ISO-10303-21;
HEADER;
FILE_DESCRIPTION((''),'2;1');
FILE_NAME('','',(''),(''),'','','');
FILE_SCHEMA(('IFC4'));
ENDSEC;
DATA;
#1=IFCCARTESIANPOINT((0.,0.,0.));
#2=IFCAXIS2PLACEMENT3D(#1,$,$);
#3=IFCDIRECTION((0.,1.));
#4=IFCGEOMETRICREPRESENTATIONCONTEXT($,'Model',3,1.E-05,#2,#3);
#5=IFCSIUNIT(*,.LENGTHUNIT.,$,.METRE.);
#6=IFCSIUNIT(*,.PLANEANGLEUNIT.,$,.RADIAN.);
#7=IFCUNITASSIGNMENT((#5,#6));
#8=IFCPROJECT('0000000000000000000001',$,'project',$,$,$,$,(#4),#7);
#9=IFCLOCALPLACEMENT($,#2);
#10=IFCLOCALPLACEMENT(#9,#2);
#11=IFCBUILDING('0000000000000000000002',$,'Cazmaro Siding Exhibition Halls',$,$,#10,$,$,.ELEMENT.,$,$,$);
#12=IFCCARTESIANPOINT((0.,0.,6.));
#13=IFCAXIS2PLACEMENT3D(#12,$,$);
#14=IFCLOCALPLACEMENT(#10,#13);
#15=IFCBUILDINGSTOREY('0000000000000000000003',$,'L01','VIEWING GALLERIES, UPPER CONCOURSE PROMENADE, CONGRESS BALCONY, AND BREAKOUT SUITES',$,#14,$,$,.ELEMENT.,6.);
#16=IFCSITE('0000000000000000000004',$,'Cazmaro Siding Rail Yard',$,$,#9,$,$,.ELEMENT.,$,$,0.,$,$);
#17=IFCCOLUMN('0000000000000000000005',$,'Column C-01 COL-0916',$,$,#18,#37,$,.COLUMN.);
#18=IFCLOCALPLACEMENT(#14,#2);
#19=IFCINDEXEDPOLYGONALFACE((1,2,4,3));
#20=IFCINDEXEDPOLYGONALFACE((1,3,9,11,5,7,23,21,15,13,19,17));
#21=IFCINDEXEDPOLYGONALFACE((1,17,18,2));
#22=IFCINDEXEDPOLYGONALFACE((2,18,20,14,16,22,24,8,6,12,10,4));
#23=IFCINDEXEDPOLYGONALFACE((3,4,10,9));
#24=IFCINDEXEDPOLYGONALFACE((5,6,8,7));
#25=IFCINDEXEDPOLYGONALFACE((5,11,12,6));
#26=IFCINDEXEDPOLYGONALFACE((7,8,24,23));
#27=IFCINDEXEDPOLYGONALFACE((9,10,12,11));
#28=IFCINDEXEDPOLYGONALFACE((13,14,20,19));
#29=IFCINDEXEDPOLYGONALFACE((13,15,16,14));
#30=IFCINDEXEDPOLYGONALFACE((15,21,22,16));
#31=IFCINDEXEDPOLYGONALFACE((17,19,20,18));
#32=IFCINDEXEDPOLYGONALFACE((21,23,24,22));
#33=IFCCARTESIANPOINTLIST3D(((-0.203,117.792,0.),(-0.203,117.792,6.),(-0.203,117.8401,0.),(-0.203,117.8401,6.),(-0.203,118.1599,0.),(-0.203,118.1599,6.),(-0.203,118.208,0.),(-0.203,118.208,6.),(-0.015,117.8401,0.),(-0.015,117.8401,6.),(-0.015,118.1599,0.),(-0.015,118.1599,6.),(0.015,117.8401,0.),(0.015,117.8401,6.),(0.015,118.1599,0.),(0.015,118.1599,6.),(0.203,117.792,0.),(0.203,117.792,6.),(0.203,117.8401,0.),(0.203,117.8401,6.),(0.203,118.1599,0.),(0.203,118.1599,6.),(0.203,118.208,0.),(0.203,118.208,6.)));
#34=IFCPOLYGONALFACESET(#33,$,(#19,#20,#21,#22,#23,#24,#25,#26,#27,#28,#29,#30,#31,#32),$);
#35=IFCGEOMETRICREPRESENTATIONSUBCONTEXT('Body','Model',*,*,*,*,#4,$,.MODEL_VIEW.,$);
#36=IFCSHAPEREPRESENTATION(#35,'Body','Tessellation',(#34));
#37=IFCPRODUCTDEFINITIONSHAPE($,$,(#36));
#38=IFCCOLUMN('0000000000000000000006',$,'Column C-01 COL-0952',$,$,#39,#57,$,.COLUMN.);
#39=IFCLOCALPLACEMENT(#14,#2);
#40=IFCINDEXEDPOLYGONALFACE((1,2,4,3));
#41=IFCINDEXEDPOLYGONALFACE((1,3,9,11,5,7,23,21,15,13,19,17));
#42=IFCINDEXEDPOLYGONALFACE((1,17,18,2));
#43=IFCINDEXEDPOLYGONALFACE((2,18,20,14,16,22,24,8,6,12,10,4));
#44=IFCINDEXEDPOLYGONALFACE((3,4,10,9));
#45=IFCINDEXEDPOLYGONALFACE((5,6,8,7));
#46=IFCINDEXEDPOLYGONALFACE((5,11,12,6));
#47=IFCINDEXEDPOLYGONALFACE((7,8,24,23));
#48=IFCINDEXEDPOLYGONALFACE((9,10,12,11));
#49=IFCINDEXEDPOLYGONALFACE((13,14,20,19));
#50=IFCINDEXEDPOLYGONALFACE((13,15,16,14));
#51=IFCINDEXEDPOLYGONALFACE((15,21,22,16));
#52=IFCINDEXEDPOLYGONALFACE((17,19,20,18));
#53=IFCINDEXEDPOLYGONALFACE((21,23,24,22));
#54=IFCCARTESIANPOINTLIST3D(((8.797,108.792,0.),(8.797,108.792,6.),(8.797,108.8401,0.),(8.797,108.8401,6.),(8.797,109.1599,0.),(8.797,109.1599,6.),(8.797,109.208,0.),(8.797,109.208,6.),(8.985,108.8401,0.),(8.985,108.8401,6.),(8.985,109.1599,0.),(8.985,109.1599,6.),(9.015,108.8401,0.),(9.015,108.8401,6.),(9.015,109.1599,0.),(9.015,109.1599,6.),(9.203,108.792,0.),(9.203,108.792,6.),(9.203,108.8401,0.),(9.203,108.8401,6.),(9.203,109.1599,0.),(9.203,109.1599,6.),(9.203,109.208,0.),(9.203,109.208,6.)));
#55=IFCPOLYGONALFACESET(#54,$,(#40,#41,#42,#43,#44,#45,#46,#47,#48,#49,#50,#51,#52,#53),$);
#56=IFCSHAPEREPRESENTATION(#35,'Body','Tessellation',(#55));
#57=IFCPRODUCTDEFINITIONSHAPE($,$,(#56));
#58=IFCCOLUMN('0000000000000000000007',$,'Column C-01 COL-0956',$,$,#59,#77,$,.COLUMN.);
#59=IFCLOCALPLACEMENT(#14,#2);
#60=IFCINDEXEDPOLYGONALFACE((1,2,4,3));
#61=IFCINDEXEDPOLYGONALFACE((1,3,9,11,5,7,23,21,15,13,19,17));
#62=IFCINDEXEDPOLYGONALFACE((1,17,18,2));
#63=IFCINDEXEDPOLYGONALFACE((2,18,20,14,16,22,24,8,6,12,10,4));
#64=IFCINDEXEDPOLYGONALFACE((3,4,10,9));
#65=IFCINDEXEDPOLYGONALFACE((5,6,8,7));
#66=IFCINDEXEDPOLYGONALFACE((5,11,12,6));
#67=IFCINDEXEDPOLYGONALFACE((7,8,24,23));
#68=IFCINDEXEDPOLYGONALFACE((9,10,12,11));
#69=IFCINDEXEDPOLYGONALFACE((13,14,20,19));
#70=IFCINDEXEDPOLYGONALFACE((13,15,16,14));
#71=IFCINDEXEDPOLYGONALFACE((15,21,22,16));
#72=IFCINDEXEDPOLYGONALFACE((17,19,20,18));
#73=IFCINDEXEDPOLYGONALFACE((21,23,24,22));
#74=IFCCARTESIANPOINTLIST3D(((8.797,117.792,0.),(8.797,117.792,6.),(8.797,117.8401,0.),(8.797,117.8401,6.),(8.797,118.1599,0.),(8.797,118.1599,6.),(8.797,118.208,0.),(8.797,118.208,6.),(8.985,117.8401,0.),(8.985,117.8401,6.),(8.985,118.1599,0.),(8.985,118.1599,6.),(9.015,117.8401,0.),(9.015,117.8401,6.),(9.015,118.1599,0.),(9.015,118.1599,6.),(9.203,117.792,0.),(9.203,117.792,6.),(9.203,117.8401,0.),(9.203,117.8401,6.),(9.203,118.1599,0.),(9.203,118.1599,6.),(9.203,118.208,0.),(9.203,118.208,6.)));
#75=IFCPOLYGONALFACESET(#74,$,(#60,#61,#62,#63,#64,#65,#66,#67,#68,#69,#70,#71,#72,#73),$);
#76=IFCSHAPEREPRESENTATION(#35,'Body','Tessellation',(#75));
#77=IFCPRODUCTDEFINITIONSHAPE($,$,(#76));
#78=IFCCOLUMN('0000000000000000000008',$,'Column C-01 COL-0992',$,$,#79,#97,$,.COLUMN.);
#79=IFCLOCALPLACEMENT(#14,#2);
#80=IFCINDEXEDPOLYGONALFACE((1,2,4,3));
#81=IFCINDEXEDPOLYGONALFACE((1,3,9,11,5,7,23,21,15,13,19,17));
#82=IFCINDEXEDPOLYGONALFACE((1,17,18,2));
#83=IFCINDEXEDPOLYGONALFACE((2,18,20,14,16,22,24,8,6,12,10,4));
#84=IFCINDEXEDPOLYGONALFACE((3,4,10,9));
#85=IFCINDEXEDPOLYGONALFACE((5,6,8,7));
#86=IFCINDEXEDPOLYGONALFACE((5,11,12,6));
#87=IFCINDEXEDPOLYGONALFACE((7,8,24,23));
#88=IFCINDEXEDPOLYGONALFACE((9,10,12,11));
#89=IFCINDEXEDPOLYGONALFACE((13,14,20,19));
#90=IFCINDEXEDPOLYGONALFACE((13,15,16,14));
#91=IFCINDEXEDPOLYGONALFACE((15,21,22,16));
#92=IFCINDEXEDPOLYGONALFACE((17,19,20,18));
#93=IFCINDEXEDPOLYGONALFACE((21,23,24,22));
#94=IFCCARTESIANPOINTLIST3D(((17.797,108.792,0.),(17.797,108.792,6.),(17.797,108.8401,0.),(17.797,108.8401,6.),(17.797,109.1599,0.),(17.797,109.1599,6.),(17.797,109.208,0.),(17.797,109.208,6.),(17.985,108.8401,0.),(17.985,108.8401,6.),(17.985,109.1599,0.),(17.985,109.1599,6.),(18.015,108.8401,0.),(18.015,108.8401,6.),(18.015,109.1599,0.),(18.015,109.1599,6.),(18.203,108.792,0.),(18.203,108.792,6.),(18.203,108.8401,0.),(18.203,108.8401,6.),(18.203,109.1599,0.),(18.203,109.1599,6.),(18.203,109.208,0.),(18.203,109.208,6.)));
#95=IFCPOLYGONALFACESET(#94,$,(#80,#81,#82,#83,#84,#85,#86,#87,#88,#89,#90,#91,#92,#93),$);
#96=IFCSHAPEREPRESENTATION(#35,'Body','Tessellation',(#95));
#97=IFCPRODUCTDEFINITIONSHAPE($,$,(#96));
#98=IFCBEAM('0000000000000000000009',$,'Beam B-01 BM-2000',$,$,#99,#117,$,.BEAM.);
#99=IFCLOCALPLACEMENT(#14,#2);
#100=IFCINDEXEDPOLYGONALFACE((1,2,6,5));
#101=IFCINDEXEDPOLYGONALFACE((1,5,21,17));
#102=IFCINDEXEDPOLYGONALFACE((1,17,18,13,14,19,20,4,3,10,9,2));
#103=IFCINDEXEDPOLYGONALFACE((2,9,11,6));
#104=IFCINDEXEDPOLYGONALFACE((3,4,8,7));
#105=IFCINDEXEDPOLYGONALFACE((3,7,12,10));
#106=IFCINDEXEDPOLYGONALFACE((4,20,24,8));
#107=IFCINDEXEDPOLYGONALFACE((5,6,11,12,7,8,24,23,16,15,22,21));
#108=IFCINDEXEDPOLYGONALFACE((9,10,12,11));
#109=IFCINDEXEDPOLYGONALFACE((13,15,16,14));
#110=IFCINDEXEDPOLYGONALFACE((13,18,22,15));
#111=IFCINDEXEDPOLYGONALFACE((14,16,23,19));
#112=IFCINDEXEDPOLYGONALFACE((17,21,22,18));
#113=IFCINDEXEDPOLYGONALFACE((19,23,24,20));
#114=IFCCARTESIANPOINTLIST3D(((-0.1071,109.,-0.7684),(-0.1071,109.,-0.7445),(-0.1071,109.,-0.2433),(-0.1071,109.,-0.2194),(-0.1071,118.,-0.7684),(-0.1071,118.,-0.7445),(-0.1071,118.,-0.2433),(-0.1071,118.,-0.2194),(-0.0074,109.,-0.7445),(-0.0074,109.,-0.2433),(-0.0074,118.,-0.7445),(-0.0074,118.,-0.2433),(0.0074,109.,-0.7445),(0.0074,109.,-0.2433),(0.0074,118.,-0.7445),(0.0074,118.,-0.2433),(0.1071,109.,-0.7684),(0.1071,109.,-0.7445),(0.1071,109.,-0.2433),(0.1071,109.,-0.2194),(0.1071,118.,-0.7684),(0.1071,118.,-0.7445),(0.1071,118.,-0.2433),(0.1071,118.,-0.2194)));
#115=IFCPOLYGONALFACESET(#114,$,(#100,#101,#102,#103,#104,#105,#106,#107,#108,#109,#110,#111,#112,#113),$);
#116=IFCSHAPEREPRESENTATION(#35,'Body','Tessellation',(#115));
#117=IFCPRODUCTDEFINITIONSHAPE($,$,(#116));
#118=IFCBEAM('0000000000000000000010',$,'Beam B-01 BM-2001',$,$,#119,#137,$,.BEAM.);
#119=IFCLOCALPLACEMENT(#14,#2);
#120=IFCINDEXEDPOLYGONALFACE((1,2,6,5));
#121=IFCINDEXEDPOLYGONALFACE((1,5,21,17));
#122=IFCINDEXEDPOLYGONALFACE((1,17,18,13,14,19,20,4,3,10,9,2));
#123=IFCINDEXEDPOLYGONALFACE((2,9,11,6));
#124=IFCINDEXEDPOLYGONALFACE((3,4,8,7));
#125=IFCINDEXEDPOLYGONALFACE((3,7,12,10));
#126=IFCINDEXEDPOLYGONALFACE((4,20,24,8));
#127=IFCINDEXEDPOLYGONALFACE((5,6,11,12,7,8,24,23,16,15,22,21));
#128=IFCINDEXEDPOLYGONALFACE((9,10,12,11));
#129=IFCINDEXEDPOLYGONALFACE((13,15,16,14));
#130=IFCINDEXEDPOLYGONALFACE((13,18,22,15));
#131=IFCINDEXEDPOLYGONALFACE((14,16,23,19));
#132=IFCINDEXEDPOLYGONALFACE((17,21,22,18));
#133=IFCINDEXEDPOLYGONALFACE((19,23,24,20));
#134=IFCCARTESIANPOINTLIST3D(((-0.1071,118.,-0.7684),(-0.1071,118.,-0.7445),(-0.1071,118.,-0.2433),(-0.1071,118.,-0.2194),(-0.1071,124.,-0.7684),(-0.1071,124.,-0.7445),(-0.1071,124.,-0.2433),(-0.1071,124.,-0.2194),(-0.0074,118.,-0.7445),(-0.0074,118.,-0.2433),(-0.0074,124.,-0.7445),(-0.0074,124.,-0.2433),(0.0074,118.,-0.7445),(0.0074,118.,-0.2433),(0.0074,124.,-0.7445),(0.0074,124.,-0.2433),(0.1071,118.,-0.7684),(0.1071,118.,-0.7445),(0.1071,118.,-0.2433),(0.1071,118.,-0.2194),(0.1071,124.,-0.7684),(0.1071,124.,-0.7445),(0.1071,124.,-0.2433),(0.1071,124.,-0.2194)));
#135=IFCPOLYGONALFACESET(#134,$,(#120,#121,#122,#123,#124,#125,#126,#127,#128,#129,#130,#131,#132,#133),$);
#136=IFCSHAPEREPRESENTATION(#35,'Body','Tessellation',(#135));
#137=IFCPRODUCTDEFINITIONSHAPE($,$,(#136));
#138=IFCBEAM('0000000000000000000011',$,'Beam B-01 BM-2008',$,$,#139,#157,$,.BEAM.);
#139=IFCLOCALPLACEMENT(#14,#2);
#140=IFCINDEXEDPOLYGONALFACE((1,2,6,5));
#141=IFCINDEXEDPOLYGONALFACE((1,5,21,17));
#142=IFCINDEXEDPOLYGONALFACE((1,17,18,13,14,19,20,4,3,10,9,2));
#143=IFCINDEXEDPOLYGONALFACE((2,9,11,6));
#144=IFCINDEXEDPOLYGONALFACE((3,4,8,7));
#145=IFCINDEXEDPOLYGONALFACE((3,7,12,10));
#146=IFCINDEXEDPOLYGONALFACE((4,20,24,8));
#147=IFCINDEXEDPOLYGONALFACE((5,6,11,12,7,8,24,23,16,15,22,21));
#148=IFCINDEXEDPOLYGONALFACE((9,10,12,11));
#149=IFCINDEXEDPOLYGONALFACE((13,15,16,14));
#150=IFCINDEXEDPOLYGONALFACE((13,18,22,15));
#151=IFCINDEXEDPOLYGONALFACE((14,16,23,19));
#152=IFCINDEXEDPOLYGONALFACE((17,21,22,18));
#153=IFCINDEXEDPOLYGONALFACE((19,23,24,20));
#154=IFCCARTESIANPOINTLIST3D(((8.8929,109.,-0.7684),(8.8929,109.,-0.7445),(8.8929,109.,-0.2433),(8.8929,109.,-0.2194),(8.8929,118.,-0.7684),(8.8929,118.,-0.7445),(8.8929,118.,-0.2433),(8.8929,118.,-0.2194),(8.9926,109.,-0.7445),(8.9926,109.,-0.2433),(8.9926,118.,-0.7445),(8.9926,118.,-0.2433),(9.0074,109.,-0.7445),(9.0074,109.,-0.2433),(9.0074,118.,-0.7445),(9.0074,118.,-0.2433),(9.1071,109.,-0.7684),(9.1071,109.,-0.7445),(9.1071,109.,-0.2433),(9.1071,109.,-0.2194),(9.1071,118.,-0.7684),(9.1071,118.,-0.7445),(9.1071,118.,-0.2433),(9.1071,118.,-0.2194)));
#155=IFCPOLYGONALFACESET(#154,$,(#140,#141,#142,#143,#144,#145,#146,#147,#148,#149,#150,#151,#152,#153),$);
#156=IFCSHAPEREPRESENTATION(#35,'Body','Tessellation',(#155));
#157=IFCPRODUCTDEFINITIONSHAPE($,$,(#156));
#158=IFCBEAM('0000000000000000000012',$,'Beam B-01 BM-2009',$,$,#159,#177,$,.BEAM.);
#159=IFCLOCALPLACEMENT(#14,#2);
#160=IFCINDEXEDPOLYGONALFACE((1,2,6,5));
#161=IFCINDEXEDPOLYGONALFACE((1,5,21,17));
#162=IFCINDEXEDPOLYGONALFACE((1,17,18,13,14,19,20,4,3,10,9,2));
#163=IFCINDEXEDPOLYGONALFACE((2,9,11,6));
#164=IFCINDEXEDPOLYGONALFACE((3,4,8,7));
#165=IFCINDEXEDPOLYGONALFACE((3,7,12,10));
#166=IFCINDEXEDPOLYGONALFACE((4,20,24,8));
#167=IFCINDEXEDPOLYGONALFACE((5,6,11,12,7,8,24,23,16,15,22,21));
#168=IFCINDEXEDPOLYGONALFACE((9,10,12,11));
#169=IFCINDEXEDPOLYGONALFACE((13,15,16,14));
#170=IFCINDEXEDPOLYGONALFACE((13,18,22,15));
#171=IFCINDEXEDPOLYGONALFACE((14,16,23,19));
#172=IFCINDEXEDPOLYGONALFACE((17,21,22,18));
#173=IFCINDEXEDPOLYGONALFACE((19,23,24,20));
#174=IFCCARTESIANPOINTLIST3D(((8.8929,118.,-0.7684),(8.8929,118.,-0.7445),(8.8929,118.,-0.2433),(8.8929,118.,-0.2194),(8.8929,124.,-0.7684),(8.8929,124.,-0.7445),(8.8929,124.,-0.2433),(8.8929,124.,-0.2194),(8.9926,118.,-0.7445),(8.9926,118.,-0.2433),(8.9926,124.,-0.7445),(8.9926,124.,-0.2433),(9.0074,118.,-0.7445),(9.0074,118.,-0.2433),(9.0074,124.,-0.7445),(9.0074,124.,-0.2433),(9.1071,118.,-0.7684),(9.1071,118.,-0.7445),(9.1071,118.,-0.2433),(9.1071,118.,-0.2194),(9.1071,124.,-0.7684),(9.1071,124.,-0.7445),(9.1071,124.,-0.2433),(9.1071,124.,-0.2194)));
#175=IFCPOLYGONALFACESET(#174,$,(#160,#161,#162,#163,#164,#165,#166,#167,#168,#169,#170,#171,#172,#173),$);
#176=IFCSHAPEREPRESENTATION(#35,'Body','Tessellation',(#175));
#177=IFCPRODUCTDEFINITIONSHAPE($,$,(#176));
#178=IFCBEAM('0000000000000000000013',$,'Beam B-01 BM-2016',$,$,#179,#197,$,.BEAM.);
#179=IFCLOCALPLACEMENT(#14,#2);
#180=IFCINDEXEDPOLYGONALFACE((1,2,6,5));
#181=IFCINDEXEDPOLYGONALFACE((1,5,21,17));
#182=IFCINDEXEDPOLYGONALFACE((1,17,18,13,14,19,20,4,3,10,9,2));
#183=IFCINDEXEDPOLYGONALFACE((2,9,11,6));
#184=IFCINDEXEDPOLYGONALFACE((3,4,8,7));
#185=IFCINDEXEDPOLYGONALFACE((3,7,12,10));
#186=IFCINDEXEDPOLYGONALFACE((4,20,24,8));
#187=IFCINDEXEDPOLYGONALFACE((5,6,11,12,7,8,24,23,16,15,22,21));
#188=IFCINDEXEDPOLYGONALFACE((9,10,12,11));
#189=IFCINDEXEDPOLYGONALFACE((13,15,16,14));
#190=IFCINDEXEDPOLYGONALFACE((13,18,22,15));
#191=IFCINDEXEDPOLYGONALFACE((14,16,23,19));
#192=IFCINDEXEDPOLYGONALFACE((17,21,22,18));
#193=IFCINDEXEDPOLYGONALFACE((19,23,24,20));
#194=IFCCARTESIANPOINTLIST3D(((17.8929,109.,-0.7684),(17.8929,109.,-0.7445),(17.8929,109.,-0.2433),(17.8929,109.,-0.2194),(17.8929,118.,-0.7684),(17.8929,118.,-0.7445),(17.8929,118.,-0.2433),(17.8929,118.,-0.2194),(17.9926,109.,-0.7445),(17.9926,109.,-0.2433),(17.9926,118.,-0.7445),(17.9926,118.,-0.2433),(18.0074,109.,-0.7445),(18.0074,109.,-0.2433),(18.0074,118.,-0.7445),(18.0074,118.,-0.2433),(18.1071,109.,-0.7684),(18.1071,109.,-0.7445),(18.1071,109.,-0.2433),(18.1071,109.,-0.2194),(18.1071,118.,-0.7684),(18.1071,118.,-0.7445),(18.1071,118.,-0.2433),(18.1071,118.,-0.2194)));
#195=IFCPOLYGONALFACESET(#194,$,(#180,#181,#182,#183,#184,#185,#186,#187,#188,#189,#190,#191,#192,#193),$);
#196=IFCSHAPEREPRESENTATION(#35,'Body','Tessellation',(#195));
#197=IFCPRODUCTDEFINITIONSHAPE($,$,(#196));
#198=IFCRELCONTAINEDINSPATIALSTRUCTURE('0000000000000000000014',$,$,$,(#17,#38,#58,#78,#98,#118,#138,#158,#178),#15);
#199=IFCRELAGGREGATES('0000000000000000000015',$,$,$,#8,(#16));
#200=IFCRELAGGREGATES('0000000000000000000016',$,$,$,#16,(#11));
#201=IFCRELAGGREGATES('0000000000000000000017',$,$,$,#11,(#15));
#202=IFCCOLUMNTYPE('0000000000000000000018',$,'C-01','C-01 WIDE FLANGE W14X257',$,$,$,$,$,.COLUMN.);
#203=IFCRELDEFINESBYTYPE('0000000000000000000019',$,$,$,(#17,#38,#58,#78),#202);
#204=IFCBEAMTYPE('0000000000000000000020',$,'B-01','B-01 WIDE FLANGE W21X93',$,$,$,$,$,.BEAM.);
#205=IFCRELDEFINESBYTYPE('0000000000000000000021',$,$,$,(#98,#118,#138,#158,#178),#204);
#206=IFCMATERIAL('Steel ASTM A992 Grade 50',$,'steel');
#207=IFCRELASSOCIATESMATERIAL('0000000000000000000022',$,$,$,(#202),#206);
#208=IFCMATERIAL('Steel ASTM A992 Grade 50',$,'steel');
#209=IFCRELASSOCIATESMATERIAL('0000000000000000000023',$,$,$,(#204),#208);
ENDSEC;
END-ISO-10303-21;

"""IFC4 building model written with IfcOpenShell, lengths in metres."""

from ifc_helpers import new_model, si_unit, direction, frame, origin, origin_2d, place, context, subcontext, project, spatial, i_section, extrude, material, material_profile, profile_set, type_object, element, save


model = new_model("IFC4")

# Units and contexts
model_context = context("Model", 3, precision=1e-05, world=origin(), true_north=direction((0.0, 1.0)))
body_context = subcontext(model_context, "Body", "Model", "MODEL_VIEW")
ifc_project = project(units=[si_unit("LENGTHUNIT", "METRE"), si_unit("PLANEANGLEUNIT", "RADIAN")], contexts=[model_context])

# Site, building, storey
site_placement = place(None, origin())
site = spatial("IfcSite", under=ifc_project, at=site_placement, Name="Cazmaro Siding Rail Yard", CompositionType="ELEMENT", RefElevation=0.0)
building_placement = place(site_placement, origin())
building = spatial("IfcBuilding", under=site, at=building_placement, Name="Cazmaro Siding Exhibition Halls", CompositionType="ELEMENT")
storey_placement = place(building_placement, frame((0.0, 0.0, 6.0)))
storey = spatial("IfcBuildingStorey", under=building, at=storey_placement, Name="L01", Description="VIEWING GALLERIES, UPPER CONCOURSE PROMENADE, CONGRESS BALCONY, AND BREAKOUT SUITES", CompositionType="ELEMENT", Elevation=6.0)

# Columns
ifc_material_1 = material(Name="Steel ASTM A992 Grade 50", Category="steel")
ifc_material_profile_1 = material_profile(ifc_material_1, i_section(OverallWidth=0.406, OverallDepth=0.416, WebThickness=0.03, FlangeThickness=0.0481, at=origin_2d()), Name="W14X257")
ifc_profile_set_1 = profile_set([ifc_material_profile_1], Name="Steel ASTM A992 Grade 50")
column_type = type_object("IfcColumnType", Name="C-01", Description="C-01 WIDE FLANGE W14X257", PredefinedType="COLUMN", material=ifc_profile_set_1)
for number, where, z_axis, x_axis, name in (
    (1, (0.0, 118.0, 0.0), (0.0, 0.0, 1.0), (1.0, 0.0, 0.0), "Column C-01 COL-0916"),
    (2, (9.0, 109.0, 0.0), (0.0, 0.0, 1.0), (1.0, 0.0, 0.0), "Column C-01 COL-0952"),
    (3, (9.0, 118.0, 0.0), (0.0, 0.0, 1.0), (1.0, 0.0, 0.0), "Column C-01 COL-0956"),
    (4, (18.0, 109.0, 0.0), (0.0, 0.0, 1.0), (1.0, 0.0, 0.0), "Column C-01 COL-0992"),
):
    element("IfcColumn", number, at=place(storey_placement, frame(where, z_axis=z_axis, x_axis=x_axis)), inside=storey, type_object=column_type, Name=name, PredefinedType="COLUMN", context=body_context, shape_type="SweptSolid", body=[
        extrude(i_section(OverallWidth=0.406, OverallDepth=0.416, WebThickness=0.03, FlangeThickness=0.0481, at=origin_2d()), origin(), (0.0, 0.0, 1.0), 6.0),
    ])

# Beams
ifc_material_2 = material(Name="Steel ASTM A992 Grade 50", Category="steel")
ifc_material_profile_2 = material_profile(ifc_material_2, i_section(OverallWidth=0.2141, OverallDepth=0.5491, WebThickness=0.0149, FlangeThickness=0.0239, at=origin_2d()), Name="W21X93")
ifc_profile_set_2 = profile_set([ifc_material_profile_2], Name="Steel ASTM A992 Grade 50")
beam_type_1 = type_object("IfcBeamType", Name="B-01", Description="B-01 WIDE FLANGE W21X93", PredefinedType="BEAM", material=ifc_profile_set_2)
beam_1_placement = place(storey_placement, frame((0.0, 109.0, -0.4939), z_axis=(0.0, 1.0, 0.0), x_axis=(-1.0, 0.0, 0.0)))
element("IfcBeam", 5, at=beam_1_placement, inside=storey, type_object=beam_type_1, Name="Beam B-01 BM-2000", PredefinedType="BEAM", context=body_context, shape_type="SweptSolid", body=[
    extrude(i_section(OverallWidth=0.2141, OverallDepth=0.5491, WebThickness=0.0149, FlangeThickness=0.0239, at=origin_2d()), origin(), (0.0, 0.0, 1.0), 9.0),
])
beam_2_placement = place(storey_placement, frame((0.0, 118.0, -0.4939), z_axis=(0.0, 1.0, 0.0), x_axis=(-1.0, 0.0, 0.0)))
element("IfcBeam", 6, at=beam_2_placement, inside=storey, type_object=beam_type_1, Name="Beam B-01 BM-2001", PredefinedType="BEAM", context=body_context, shape_type="SweptSolid", body=[
    extrude(i_section(OverallWidth=0.2141, OverallDepth=0.5491, WebThickness=0.0149, FlangeThickness=0.0239, at=origin_2d()), origin(), (0.0, 0.0, 1.0), 6.0),
])
beam_3_placement = place(storey_placement, frame((9.0, 109.0, -0.4939), z_axis=(0.0, 1.0, 0.0), x_axis=(-1.0, 0.0, 0.0)))
element("IfcBeam", 7, at=beam_3_placement, inside=storey, type_object=beam_type_1, Name="Beam B-01 BM-2008", PredefinedType="BEAM", context=body_context, shape_type="SweptSolid", body=[
    extrude(i_section(OverallWidth=0.2141, OverallDepth=0.5491, WebThickness=0.0149, FlangeThickness=0.0239, at=origin_2d()), origin(), (0.0, 0.0, 1.0), 9.0),
])
beam_4_placement = place(storey_placement, frame((9.0, 118.0, -0.4939), z_axis=(0.0, 1.0, 0.0), x_axis=(-1.0, 0.0, 0.0)))
element("IfcBeam", 8, at=beam_4_placement, inside=storey, type_object=beam_type_1, Name="Beam B-01 BM-2009", PredefinedType="BEAM", context=body_context, shape_type="SweptSolid", body=[
    extrude(i_section(OverallWidth=0.2141, OverallDepth=0.5491, WebThickness=0.0149, FlangeThickness=0.0239, at=origin_2d()), origin(), (0.0, 0.0, 1.0), 6.0),
])
beam_5_placement = place(storey_placement, frame((18.0, 109.0, -0.4939), z_axis=(0.0, 1.0, 0.0), x_axis=(-1.0, 0.0, 0.0)))
element("IfcBeam", 9, at=beam_5_placement, inside=storey, type_object=beam_type_1, Name="Beam B-01 BM-2016", PredefinedType="BEAM", context=body_context, shape_type="SweptSolid", body=[
    extrude(i_section(OverallWidth=0.2141, OverallDepth=0.5491, WebThickness=0.0149, FlangeThickness=0.0239, at=origin_2d()), origin(), (0.0, 0.0, 1.0), 9.0),
])

save(model, "model.ifc")
